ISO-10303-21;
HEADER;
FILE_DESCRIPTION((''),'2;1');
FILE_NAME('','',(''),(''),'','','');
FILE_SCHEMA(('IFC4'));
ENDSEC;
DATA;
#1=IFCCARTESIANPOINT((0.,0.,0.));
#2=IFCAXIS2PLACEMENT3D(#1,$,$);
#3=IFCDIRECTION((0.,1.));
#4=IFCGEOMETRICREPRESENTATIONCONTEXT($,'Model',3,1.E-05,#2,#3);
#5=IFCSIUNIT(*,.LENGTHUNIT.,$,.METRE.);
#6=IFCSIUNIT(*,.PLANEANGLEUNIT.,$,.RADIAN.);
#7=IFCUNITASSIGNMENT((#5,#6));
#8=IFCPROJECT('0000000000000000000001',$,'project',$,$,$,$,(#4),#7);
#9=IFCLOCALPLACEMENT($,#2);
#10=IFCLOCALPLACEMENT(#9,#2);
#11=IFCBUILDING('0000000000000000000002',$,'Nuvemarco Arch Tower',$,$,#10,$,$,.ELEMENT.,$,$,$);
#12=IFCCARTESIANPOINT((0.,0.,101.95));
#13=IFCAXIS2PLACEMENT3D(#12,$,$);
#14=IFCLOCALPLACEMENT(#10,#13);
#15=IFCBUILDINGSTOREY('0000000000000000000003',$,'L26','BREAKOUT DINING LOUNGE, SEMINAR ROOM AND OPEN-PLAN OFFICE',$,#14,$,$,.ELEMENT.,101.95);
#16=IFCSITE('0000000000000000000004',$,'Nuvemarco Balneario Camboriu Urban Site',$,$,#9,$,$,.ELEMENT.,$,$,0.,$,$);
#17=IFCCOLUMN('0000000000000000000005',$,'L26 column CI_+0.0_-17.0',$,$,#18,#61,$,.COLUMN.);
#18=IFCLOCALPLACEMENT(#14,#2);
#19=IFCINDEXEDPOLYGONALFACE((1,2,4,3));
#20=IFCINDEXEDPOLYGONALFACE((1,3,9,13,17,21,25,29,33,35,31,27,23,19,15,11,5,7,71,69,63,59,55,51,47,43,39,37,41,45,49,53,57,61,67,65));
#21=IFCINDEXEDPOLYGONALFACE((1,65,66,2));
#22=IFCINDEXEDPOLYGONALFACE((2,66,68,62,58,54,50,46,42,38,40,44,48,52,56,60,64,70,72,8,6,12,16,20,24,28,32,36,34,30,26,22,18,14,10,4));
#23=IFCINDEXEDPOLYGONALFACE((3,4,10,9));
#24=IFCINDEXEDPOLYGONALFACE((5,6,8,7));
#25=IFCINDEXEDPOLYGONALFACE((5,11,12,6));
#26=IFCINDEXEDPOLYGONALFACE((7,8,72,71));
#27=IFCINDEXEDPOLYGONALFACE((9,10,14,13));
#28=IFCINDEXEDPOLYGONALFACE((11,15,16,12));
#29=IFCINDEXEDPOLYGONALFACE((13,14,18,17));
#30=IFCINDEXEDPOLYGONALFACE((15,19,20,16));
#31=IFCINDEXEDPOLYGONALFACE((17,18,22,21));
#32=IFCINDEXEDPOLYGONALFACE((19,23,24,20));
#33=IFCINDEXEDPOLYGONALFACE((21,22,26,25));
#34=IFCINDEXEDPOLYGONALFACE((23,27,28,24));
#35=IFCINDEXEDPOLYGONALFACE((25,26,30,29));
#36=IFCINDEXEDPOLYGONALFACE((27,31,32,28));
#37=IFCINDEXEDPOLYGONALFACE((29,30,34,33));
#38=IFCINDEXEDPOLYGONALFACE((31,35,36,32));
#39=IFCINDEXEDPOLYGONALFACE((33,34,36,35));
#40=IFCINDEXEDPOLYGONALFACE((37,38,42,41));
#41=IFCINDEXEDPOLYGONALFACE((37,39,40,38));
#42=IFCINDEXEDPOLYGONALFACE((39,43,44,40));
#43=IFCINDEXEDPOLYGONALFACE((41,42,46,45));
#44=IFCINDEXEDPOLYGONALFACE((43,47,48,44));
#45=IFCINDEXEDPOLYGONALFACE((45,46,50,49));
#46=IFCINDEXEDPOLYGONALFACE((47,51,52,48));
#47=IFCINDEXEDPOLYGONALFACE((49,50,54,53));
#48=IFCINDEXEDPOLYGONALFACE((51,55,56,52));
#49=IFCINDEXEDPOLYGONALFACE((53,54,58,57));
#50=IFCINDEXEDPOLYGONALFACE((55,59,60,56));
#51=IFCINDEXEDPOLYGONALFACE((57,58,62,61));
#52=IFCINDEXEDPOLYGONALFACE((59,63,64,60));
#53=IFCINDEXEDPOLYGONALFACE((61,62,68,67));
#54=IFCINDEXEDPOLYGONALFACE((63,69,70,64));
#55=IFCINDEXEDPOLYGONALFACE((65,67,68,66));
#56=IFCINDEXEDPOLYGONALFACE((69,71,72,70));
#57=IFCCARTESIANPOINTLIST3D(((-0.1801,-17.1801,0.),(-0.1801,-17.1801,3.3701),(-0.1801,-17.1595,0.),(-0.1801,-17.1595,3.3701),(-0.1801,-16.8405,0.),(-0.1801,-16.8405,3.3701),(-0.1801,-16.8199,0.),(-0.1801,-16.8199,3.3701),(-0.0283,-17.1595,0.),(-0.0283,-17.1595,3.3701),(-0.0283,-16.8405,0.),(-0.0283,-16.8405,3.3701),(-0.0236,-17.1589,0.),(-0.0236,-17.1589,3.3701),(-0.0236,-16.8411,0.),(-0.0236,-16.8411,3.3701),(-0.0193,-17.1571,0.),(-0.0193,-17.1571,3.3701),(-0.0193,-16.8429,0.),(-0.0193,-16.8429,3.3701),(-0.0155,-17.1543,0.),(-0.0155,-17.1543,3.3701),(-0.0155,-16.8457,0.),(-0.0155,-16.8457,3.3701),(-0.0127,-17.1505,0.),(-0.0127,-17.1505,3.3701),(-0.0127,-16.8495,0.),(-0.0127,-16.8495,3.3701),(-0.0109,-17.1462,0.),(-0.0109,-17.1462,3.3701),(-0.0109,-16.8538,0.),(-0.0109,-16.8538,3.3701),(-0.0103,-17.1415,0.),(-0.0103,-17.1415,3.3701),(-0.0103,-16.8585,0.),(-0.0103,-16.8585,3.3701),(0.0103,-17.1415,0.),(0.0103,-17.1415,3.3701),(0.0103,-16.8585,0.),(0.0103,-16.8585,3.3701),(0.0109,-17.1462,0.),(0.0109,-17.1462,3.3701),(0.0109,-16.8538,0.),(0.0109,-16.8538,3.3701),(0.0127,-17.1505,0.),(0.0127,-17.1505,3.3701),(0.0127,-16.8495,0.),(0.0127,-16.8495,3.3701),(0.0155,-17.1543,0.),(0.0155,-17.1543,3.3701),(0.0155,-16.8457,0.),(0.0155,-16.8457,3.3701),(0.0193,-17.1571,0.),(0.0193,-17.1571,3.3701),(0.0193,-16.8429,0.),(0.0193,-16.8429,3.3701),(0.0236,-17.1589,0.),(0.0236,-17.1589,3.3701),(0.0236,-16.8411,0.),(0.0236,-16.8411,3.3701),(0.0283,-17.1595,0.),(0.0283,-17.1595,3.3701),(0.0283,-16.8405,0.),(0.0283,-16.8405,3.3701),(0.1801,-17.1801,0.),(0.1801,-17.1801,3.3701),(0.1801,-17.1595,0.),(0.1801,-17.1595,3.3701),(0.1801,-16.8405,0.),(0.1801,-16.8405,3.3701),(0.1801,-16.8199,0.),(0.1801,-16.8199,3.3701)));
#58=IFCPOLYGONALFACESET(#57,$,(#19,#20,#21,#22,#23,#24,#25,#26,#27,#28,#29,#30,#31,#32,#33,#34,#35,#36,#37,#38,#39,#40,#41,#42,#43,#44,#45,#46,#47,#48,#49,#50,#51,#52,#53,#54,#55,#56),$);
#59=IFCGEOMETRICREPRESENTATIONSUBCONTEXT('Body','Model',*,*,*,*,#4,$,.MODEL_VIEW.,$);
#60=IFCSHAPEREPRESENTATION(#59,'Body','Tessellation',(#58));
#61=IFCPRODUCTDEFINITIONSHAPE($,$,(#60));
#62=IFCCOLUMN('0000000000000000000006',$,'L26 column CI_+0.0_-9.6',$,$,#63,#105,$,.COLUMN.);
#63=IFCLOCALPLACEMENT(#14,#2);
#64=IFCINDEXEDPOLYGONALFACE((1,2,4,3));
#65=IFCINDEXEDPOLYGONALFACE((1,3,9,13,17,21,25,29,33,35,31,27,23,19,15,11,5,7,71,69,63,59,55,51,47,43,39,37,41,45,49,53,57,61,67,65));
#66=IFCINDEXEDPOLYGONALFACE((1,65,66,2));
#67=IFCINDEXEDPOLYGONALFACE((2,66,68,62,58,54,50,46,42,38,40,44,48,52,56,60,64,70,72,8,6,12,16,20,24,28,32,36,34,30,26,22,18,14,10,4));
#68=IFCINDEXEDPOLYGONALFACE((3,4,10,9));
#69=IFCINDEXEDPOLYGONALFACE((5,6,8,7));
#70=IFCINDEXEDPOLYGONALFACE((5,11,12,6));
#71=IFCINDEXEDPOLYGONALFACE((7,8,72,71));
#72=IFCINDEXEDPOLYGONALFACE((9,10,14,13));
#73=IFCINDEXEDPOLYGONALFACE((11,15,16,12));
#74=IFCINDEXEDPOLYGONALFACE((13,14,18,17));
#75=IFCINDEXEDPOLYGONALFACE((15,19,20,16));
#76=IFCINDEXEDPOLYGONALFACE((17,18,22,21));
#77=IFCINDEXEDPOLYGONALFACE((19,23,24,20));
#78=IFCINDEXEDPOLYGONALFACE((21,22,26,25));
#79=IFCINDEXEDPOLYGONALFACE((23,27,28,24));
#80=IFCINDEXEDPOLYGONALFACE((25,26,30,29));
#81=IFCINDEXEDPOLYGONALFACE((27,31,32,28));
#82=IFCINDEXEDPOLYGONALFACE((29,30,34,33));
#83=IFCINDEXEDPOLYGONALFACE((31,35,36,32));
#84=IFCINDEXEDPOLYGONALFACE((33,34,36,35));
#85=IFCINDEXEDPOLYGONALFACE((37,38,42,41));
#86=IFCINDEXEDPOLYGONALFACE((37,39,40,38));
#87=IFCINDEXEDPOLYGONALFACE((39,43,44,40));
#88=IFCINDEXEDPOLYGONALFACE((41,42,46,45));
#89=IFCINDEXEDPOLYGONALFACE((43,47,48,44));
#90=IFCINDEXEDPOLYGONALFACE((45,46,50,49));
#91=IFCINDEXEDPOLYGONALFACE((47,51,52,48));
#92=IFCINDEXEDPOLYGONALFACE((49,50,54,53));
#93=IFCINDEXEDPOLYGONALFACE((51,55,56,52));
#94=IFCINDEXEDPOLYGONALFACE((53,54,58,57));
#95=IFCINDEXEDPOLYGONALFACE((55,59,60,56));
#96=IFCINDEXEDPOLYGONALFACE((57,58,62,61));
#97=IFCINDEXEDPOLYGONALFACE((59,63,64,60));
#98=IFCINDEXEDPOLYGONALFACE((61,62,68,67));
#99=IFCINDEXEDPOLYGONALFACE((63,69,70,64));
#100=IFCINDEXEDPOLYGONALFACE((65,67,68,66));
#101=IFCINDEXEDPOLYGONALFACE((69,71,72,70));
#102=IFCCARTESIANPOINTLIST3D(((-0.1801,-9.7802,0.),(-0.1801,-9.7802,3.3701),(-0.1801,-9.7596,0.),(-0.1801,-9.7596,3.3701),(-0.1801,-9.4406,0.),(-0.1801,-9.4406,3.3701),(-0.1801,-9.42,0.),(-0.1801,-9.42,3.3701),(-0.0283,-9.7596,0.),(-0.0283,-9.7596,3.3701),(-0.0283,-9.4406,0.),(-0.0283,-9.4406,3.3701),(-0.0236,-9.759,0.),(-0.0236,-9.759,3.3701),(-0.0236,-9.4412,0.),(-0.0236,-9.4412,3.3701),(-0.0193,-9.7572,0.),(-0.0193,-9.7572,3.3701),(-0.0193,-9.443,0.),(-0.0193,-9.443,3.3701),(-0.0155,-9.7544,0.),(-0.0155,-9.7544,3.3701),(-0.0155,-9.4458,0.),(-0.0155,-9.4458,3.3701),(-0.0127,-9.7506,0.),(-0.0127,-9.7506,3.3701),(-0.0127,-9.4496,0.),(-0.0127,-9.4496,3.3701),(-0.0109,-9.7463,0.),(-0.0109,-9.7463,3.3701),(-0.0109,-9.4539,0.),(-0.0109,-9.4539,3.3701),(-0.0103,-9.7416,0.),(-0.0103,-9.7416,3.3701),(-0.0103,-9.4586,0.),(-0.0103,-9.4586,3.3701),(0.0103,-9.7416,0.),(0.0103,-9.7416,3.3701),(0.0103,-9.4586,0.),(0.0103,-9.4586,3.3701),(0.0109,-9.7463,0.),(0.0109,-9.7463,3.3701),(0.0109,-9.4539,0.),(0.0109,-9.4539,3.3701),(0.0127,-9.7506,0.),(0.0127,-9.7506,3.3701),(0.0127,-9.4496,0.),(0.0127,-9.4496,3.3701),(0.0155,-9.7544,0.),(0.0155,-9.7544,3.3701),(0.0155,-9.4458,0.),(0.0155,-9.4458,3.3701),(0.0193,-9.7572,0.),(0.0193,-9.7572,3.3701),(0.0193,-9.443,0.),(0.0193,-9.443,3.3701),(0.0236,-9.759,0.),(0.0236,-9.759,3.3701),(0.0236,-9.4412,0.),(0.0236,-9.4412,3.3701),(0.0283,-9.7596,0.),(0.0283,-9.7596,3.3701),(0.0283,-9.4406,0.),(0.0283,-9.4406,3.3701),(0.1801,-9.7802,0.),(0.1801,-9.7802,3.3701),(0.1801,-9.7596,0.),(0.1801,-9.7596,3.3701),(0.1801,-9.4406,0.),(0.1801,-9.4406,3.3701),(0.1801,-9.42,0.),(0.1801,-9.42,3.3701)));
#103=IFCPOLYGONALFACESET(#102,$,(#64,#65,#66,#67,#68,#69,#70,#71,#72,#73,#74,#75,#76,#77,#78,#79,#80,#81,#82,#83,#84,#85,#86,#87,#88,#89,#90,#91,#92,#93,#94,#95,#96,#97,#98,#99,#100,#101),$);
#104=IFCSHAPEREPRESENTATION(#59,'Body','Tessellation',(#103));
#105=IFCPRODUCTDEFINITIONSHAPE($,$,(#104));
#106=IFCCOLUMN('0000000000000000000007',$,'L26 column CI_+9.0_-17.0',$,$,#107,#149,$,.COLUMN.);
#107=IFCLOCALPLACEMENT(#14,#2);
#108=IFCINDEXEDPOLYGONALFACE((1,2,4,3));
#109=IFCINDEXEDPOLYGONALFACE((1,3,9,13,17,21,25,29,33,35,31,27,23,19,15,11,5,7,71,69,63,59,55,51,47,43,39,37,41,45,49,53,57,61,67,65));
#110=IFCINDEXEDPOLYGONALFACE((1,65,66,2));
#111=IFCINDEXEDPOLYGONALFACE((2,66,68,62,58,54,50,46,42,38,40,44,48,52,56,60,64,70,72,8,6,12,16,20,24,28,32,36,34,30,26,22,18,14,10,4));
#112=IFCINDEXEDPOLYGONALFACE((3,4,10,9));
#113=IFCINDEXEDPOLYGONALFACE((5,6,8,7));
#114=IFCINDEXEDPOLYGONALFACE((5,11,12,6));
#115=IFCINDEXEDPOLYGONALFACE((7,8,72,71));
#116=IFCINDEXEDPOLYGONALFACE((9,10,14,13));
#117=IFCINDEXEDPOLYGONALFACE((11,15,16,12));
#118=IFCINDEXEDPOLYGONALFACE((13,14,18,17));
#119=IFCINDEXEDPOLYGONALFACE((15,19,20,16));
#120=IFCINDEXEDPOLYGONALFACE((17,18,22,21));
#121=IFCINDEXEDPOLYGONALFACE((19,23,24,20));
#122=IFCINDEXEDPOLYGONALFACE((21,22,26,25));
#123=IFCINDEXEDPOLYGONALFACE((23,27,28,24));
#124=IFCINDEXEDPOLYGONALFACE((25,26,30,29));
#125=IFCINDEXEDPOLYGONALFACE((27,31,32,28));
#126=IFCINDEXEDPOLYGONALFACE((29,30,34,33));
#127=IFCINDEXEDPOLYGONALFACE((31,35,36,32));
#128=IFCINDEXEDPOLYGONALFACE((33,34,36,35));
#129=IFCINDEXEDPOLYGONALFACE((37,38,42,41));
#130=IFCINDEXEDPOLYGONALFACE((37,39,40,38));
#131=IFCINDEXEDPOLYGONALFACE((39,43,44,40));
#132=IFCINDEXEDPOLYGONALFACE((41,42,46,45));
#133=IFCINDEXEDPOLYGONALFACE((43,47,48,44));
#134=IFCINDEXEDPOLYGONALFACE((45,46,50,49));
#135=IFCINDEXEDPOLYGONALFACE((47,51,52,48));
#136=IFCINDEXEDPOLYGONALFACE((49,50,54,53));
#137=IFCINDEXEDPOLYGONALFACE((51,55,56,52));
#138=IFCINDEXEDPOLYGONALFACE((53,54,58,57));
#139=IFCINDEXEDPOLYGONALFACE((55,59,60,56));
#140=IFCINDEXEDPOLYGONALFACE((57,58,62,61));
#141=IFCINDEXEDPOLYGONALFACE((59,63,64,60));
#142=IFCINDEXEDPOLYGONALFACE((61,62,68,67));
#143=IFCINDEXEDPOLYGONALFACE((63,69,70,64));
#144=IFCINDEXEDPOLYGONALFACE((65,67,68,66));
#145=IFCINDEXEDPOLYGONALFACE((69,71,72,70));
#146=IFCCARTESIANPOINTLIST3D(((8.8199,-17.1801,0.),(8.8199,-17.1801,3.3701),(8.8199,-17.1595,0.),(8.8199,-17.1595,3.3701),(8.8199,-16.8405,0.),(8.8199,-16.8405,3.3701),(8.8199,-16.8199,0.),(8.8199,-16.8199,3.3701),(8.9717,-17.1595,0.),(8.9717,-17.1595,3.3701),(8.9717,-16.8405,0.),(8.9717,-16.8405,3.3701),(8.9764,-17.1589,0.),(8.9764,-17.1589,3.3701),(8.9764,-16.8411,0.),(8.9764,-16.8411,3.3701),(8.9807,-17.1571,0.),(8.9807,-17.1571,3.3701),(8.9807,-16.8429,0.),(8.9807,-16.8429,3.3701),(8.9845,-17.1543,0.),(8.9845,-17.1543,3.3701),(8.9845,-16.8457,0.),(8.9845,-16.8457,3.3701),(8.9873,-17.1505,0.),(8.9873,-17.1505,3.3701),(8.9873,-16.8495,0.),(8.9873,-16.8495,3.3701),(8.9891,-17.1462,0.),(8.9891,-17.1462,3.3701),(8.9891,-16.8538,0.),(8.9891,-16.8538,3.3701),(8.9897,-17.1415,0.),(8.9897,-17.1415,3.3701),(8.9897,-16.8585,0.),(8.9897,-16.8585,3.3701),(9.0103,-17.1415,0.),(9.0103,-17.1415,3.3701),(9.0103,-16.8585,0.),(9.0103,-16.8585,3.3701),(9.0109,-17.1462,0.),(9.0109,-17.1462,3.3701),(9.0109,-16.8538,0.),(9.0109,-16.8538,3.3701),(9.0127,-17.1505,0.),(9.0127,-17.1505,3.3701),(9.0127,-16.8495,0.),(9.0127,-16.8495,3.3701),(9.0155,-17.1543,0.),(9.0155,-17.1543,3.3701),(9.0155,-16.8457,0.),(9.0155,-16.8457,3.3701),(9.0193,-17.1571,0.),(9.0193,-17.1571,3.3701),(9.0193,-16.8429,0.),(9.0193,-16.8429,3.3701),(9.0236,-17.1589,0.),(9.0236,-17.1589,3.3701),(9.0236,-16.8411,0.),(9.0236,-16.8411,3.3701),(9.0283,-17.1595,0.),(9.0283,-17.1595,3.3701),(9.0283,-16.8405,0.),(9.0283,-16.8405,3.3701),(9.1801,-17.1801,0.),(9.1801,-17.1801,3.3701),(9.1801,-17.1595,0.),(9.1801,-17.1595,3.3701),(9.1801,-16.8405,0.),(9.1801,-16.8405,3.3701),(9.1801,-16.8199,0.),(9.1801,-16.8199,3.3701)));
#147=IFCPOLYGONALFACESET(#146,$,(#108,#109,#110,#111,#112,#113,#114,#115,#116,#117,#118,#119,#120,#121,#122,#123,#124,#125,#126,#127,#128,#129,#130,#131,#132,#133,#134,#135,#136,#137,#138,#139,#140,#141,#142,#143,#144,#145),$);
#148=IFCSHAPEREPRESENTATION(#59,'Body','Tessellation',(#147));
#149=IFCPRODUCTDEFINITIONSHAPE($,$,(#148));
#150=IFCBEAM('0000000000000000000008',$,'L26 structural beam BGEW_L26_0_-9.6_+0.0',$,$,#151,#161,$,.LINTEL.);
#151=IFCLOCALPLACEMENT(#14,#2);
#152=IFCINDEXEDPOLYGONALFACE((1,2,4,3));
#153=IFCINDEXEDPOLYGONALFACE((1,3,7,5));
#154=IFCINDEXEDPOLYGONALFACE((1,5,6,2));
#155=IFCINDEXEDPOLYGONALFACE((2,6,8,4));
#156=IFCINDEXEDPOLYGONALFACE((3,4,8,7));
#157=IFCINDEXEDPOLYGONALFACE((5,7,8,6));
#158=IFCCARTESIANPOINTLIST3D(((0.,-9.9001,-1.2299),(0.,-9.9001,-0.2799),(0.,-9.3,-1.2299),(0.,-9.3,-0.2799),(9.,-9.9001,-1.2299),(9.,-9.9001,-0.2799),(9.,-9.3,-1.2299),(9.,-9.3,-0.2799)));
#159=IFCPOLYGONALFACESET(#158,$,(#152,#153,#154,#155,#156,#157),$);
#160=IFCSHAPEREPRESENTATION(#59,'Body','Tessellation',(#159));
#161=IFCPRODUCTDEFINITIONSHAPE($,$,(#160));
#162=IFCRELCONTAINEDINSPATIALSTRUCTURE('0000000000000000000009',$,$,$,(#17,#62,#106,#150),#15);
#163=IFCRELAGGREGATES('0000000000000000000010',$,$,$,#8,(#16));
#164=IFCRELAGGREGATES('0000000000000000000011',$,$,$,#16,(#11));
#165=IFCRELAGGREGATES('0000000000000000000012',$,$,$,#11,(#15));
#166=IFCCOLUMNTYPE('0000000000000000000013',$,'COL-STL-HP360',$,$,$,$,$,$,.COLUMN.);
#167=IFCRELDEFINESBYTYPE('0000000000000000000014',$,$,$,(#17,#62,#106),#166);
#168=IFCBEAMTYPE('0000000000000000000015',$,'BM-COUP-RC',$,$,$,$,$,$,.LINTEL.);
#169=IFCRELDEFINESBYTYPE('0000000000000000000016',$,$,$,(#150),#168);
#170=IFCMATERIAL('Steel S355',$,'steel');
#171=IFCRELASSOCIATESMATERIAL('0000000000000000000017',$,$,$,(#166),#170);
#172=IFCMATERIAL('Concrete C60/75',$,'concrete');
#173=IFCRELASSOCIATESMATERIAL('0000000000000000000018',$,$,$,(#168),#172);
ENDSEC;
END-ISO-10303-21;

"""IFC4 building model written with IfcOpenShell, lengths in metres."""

from ifc_helpers import new_model, si_unit, direction, frame, origin, origin_2d, place, context, subcontext, project, spatial, rectangle, i_section, extrude, material, material_profile, profile_set, type_object, element, save


model = new_model("IFC4")

# Units and contexts
model_context = context("Model", 3, precision=1e-05, world=origin(), true_north=direction((0.0, 1.0)))
body_context = subcontext(model_context, "Body", "Model", "MODEL_VIEW")
ifc_project = project(units=[si_unit("LENGTHUNIT", "METRE"), si_unit("PLANEANGLEUNIT", "RADIAN")], contexts=[model_context])

# Site, building, storey
site_placement = place(None, origin())
site = spatial("IfcSite", under=ifc_project, at=site_placement, Name="Nuvemarco Balneario Camboriu Urban Site", CompositionType="ELEMENT", RefElevation=0.0)
building_placement = place(site_placement, origin())
building = spatial("IfcBuilding", under=site, at=building_placement, Name="Nuvemarco Arch Tower", CompositionType="ELEMENT")
storey_placement = place(building_placement, frame((0.0, 0.0, 101.95)))
storey = spatial("IfcBuildingStorey", under=building, at=storey_placement, Name="L26", Description="BREAKOUT DINING LOUNGE, SEMINAR ROOM AND OPEN-PLAN OFFICE", CompositionType="ELEMENT", Elevation=101.95)

# Columns
ifc_material_1 = material(Name="Concrete C60/75", Category="concrete")
ifc_material_2 = material(Name="Steel S355", Category="steel")
ifc_material_profile_1 = material_profile(ifc_material_2, i_section(OverallWidth=0.3601, OverallDepth=0.3601, WebThickness=0.0205, FlangeThickness=0.0205, FilletRadius=0.0181, at=origin_2d()), Name="HP360x174")
ifc_profile_set_1 = profile_set([ifc_material_profile_1], Name="Steel S355")
column_type_1 = type_object("IfcColumnType", Name="COL-STL-HP360", PredefinedType="COLUMN", material=ifc_profile_set_1)
for number, where, z_axis, x_axis, name in (
    (1, (0.0, -17.0, 0.0), (0.0, 0.0, 1.0), (1.0, 0.0, 0.0), "L26 column CI_+0.0_-17.0"),
    (2, (0.0, -9.6001, 0.0), (0.0, 0.0, 1.0), (1.0, 0.0, 0.0), "L26 column CI_+0.0_-9.6"),
    (3, (9.0, -17.0, 0.0), (0.0, 0.0, 1.0), (1.0, 0.0, 0.0), "L26 column CI_+9.0_-17.0"),
):
    element("IfcColumn", number, at=place(storey_placement, frame(where, z_axis=z_axis, x_axis=x_axis)), inside=storey, type_object=column_type_1, Name=name, PredefinedType="COLUMN", context=body_context, shape_type="SweptSolid", body=[
        extrude(i_section(OverallWidth=0.3601, OverallDepth=0.3601, WebThickness=0.0205, FlangeThickness=0.0205, FilletRadius=0.0181, at=origin_2d()), origin(), (0.0, 0.0, 1.0), 3.3701),
    ])

# Beam
ifc_material_profile_2 = material_profile(ifc_material_1, rectangle(XDim=0.6001, YDim=0.95, at=origin_2d()), Name="RC-BM-600x950")
ifc_profile_set_2 = profile_set([ifc_material_profile_2], Name="Concrete C60/75")
beam_type_1 = type_object("IfcBeamType", Name="BM-COUP-RC", PredefinedType="LINTEL", material=ifc_profile_set_2)
beam_1_placement = place(storey_placement, frame((0.0, -9.6001, -0.7549), z_axis=(1.0, 0.0, 0.0), x_axis=(0.0, 1.0, 0.0)))
element("IfcBeam", 4, at=beam_1_placement, inside=storey, type_object=beam_type_1, Name="L26 structural beam BGEW_L26_0_-9.6_+0.0", PredefinedType="LINTEL", context=body_context, shape_type="SweptSolid", body=[
    extrude(rectangle(XDim=0.6001, YDim=0.95, at=origin_2d()), origin(), (0.0, 0.0, 1.0), 9.0),
])

save(model, "model.ifc")
